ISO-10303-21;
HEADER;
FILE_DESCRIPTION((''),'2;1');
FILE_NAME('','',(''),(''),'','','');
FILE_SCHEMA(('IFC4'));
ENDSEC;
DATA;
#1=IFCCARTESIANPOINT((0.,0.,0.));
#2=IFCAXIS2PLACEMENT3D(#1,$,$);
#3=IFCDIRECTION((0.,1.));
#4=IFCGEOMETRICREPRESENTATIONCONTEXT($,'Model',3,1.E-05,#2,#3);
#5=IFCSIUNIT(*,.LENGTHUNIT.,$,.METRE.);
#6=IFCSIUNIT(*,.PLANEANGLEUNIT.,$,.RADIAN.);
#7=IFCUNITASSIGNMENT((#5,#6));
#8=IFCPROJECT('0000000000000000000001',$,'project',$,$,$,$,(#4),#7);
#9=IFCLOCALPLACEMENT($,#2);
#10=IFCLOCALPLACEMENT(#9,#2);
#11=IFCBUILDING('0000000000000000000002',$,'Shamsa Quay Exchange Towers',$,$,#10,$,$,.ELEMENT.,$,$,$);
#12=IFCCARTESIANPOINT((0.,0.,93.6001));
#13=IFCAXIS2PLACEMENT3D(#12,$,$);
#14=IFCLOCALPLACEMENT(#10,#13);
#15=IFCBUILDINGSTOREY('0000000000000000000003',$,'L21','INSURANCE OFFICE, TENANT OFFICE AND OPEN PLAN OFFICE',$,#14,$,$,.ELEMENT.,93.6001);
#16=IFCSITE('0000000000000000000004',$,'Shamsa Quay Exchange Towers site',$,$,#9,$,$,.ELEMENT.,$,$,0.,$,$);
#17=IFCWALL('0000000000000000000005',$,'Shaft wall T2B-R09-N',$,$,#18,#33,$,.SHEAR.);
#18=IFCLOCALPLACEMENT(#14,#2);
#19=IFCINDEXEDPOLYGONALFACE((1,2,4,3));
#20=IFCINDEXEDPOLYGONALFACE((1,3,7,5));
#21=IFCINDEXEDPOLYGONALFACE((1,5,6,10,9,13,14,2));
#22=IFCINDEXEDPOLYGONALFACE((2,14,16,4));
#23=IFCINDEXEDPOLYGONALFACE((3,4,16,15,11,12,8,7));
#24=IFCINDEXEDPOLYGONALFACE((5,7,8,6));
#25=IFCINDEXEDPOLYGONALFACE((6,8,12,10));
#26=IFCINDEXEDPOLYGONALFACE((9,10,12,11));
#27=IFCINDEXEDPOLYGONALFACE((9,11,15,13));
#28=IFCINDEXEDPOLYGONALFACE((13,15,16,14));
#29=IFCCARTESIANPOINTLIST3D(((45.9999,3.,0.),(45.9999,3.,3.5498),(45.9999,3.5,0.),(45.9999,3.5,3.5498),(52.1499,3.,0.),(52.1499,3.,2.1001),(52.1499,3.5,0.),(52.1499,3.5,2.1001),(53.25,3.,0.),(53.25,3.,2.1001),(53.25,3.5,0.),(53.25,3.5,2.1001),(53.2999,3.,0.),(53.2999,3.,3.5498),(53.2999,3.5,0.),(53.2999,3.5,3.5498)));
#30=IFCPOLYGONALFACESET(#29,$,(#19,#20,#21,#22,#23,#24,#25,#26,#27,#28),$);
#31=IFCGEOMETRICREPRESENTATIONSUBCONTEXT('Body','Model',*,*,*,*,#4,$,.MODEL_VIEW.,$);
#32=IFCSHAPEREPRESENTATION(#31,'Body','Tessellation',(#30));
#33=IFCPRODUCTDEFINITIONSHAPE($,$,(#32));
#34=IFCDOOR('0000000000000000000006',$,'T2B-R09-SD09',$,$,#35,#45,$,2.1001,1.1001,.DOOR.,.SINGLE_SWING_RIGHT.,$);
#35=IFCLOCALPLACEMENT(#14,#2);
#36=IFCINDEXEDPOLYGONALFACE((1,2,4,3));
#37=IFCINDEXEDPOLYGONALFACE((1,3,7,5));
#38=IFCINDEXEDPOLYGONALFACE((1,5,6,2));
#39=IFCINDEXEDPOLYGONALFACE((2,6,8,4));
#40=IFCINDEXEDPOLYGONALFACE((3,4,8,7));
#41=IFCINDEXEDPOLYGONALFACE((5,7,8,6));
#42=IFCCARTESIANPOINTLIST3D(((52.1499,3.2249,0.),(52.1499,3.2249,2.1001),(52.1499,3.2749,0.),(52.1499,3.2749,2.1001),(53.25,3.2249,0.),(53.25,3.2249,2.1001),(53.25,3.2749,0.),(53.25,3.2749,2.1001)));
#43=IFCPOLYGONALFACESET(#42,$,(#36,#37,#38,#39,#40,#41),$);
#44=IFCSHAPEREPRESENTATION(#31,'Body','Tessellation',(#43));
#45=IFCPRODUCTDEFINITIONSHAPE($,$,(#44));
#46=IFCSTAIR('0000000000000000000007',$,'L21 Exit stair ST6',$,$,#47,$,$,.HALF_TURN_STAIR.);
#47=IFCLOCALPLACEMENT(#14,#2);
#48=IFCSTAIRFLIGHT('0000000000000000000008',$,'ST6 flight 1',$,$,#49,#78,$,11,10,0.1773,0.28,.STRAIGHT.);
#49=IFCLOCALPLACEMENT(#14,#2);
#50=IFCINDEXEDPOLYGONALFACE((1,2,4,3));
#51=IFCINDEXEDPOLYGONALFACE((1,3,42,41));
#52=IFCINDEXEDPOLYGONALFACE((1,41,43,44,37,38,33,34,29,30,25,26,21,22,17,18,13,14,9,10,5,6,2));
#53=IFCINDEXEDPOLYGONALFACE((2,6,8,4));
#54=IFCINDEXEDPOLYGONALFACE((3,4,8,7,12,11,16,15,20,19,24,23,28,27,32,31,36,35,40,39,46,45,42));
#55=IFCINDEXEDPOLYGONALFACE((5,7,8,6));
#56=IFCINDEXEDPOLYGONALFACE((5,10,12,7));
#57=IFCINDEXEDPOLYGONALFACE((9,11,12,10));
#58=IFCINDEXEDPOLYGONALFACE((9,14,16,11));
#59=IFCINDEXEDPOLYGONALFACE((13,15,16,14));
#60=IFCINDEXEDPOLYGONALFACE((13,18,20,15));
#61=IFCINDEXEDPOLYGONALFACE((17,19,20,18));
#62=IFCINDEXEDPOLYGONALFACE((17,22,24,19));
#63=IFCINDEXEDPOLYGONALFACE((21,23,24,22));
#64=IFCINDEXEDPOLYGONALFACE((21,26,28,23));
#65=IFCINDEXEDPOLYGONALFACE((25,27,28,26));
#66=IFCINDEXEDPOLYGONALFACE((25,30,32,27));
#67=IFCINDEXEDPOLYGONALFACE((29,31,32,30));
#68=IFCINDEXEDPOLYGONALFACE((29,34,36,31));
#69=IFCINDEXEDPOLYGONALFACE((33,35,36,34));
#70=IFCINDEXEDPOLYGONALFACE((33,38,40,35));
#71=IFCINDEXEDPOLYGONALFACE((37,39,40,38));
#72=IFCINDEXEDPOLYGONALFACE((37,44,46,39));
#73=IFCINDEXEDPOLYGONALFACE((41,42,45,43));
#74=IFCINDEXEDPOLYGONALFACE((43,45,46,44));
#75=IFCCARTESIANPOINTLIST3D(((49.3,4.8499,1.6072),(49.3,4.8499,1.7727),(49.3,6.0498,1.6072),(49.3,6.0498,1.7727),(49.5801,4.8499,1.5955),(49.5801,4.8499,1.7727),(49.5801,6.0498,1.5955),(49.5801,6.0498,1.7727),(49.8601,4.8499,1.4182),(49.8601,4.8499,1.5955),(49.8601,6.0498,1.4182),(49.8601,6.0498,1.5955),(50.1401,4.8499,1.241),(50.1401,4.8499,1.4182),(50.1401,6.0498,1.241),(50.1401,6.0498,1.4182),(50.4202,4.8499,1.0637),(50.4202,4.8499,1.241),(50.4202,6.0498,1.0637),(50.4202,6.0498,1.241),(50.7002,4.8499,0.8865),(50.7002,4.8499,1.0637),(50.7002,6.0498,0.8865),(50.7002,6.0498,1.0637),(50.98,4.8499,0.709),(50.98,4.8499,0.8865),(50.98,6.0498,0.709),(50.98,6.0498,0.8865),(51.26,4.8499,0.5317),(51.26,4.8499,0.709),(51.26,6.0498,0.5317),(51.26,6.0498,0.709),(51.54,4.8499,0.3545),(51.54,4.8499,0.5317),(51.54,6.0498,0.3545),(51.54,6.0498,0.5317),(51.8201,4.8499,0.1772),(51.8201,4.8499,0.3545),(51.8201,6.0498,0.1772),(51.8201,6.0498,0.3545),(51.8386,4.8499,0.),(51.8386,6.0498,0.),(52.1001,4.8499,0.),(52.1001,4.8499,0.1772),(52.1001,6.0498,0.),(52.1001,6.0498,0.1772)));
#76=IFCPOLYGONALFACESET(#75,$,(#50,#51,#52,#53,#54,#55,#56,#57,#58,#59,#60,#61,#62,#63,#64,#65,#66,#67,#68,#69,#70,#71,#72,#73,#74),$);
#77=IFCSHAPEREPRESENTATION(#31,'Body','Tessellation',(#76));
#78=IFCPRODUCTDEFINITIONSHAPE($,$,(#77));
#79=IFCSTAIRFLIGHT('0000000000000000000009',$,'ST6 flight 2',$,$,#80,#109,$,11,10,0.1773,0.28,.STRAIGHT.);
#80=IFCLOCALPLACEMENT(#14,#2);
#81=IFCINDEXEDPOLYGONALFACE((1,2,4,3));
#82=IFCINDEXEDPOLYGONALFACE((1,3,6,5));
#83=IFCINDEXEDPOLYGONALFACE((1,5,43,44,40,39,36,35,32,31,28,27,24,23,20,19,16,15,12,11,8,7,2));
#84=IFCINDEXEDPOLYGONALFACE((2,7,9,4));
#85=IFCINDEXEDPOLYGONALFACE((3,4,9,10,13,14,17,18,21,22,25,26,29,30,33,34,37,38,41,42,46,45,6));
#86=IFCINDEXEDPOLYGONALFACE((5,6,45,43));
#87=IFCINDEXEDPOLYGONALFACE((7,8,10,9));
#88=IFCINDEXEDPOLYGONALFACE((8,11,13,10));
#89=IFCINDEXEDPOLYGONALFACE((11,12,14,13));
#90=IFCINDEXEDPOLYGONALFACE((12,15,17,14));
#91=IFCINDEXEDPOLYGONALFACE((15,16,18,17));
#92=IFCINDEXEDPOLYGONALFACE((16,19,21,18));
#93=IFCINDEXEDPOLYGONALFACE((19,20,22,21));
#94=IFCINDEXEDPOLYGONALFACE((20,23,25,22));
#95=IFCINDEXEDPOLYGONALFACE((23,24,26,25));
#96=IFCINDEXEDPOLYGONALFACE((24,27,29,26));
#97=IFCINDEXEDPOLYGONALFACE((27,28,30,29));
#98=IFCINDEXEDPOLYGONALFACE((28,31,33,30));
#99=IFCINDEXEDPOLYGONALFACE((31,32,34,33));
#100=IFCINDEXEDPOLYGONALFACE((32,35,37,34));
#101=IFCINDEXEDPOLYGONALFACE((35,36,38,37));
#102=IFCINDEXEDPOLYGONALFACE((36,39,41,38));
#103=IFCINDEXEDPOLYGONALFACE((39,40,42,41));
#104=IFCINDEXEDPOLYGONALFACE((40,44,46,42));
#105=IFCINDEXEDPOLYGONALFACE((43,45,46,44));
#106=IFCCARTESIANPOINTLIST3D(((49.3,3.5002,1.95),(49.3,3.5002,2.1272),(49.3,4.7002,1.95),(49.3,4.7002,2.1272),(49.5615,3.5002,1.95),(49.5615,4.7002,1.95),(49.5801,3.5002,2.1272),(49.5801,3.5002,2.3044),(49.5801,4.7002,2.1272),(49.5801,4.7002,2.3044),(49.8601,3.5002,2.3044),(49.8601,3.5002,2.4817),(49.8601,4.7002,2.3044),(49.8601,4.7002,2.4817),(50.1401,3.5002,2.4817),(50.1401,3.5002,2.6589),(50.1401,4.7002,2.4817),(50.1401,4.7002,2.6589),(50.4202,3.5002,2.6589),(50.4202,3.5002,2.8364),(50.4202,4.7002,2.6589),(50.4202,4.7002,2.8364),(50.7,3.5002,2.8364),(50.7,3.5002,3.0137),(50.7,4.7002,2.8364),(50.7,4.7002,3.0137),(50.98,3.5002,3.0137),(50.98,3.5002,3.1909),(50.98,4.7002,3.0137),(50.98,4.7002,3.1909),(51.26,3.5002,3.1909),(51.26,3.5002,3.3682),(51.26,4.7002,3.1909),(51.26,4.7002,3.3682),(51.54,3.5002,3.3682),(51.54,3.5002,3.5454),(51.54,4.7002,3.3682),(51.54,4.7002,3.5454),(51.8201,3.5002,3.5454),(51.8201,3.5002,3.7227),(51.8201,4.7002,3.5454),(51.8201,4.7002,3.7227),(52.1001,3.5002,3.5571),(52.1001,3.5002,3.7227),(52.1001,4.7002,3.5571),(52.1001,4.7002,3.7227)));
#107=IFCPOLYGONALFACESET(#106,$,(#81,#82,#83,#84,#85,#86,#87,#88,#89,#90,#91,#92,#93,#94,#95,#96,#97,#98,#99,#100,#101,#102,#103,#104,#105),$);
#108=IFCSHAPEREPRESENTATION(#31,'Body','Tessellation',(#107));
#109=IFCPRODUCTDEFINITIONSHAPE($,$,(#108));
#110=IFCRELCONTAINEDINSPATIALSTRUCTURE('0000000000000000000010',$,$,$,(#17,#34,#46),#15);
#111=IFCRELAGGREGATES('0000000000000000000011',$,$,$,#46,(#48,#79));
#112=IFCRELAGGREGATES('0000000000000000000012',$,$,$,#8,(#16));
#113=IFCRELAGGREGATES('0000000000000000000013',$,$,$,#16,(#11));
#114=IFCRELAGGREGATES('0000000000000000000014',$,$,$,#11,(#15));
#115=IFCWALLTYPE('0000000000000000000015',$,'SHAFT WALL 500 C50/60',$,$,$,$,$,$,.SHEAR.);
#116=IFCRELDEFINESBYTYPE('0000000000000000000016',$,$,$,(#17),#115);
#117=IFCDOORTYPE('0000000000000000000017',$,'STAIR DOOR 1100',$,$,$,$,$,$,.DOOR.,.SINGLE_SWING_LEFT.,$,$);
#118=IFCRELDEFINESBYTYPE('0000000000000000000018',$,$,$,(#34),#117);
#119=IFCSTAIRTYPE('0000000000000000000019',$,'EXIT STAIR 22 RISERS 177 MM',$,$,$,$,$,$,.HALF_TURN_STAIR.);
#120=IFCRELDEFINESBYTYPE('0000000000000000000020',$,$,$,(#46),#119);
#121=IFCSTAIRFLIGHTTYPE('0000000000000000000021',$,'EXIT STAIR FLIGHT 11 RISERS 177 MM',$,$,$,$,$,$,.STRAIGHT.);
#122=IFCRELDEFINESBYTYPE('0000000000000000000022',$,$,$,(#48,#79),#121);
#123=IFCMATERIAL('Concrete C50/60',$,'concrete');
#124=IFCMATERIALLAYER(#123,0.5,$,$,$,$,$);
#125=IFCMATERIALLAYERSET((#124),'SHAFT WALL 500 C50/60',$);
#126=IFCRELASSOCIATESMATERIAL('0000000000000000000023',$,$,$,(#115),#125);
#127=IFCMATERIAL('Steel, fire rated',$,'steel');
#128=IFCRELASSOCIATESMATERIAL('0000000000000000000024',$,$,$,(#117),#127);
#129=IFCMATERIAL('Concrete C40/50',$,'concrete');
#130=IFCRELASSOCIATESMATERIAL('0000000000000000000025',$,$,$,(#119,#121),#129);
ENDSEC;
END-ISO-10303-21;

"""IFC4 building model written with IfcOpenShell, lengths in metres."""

from ifc_helpers import new_model, si_unit, direction, frame, frame_2d, origin, place, context, subcontext, project, spatial, polyline, rectangle, outline, extrude, material, layer, layer_set, type_object, element, fill, aggregate, save


model = new_model("IFC4")

# Units and contexts
model_context = context("Model", 3, precision=1e-05, world=origin(), true_north=direction((0.0, 1.0)))
body_context = subcontext(model_context, "Body", "Model", "MODEL_VIEW")
ifc_project = project(units=[si_unit("LENGTHUNIT", "METRE"), si_unit("PLANEANGLEUNIT", "RADIAN")], contexts=[model_context])

# Site, building, storey
site_placement = place(None, origin())
site = spatial("IfcSite", under=ifc_project, at=site_placement, Name="Shamsa Quay Exchange Towers site", CompositionType="ELEMENT", RefElevation=0.0)
building_placement = place(site_placement, origin())
building = spatial("IfcBuilding", under=site, at=building_placement, Name="Shamsa Quay Exchange Towers", CompositionType="ELEMENT")
storey_placement = place(building_placement, frame((0.0, 0.0, 93.6001)))
storey = spatial("IfcBuildingStorey", under=building, at=storey_placement, Name="L21", Description="INSURANCE OFFICE, TENANT OFFICE AND OPEN PLAN OFFICE", CompositionType="ELEMENT", Elevation=93.6001)

# Shared definitions
ifc_material_1 = material(Name="Concrete C50/60", Category="concrete")
ifc_material_2 = material(Name="Steel, fire rated", Category="steel")

# Wall, opening, door
ifc_layer_1 = layer(ifc_material_1, 0.5)
ifc_layer_set_1 = layer_set([ifc_layer_1], Name="SHAFT WALL 500 C50/60")
wall_type_1 = type_object("IfcWallType", Name="SHAFT WALL 500 C50/60", PredefinedType="SHEAR", material=ifc_layer_set_1)
wall_1_placement = place(storey_placement, frame((46.0, 3.25, 0.0)))
wall_1 = element("IfcWall", 1, at=wall_1_placement, inside=storey, type_object=wall_type_1, Name="Shaft wall T2B-R09-N", PredefinedType="SHEAR", context=body_context, shape_type="SweptSolid", body=[
    extrude(rectangle(XDim=7.3, YDim=0.5, at=frame_2d((3.6499, 0.0))), origin(), (0.0, 0.0, 1.0), 3.5498),
])
opening_1_placement = place(wall_1_placement, frame((6.1499, 0.0, 0.0)))
opening_1 = element("IfcOpeningElement", 2, at=opening_1_placement, cuts=wall_1, PredefinedType="OPENING", context=body_context, shape_type="SweptSolid", body=[
    extrude(rectangle(XDim=1.1001, YDim=2.1001, at=frame_2d((0.55, 1.05))), frame((0.0, 0.26, 0.0), z_axis=(0.0, -1.0, 0.0), x_axis=(1.0, 0.0, 0.0)), (0.0, 0.0, 1.0), 0.52),
])
door_type_1 = type_object("IfcDoorType", Name="STAIR DOOR 1100", OperationType="SINGLE_SWING_LEFT", PredefinedType="DOOR", material=ifc_material_2)
door_1_placement = place(opening_1_placement, origin())
door_1 = element("IfcDoor", 3, at=door_1_placement, inside=storey, type_object=door_type_1, Name="T2B-R09-SD09", OperationType="SINGLE_SWING_RIGHT", OverallHeight=2.1001, OverallWidth=1.1001, PredefinedType="DOOR", context=body_context, shape_type="SweptSolid", body=[
    extrude(rectangle(XDim=1.1001, YDim=2.1001, at=frame_2d((0.55, 1.05))), frame((0.0, 0.0249, 0.0), z_axis=(0.0, -1.0, 0.0), x_axis=(1.0, 0.0, 0.0)), (0.0, 0.0, 1.0), 0.05),
])
fill(opening_1, door_1)

# Stair, stair flights
ifc_material_3 = material(Name="Concrete C40/50", Category="concrete")
stair_type = type_object("IfcStairType", Name="EXIT STAIR 22 RISERS 177 MM", PredefinedType="HALF_TURN_STAIR", material=ifc_material_3)
stair_placement = place(storey_placement, origin())
stair = element("IfcStair", 4, at=stair_placement, inside=storey, type_object=stair_type, Name="L21 Exit stair ST6", PredefinedType="HALF_TURN_STAIR")
stair_flight_type = type_object("IfcStairFlightType", Name="EXIT STAIR FLIGHT 11 RISERS 177 MM", PredefinedType="STRAIGHT", material=ifc_material_3)
stair_flight_1_placement = place(storey_placement, frame((52.1001, 5.45, 0.0), z_axis=(0.0, 0.0, 1.0), x_axis=(-1.0, 0.0, 0.0)))
stair_flight_1 = element("IfcStairFlight", 5, at=stair_flight_1_placement, type_object=stair_flight_type, Name="ST6 flight 1", NumberOfRisers=11, NumberOfTreads=10, PredefinedType="STRAIGHT", RiserHeight=0.1773, TreadLength=0.28, context=body_context, shape_type="SweptSolid", body=[
    extrude(outline(polyline([(0.0, 0.0), (0.0, 0.1772), (0.28, 0.1772), (0.28, 0.3545), (0.5601, 0.3545), (0.5601, 0.5317), (0.8401, 0.5317), (0.8401, 0.709), (1.1201, 0.709), (1.1201, 0.8865), (1.3999, 0.8865), (1.3999, 1.0637), (1.6799, 1.0637), (1.6799, 1.241), (1.96, 1.241), (1.96, 1.4182), (2.24, 1.4182), (2.24, 1.5955), (2.52, 1.5955), (2.52, 1.7727), (2.8, 1.7727), (2.8, 1.95), (2.8, 1.6072), (0.2615, 0.0), (0.0, 0.0)])), frame((0.0, 0.6001, 0.0), z_axis=(0.0, -1.0, 0.0), x_axis=(1.0, 0.0, 0.0)), (0.0, 0.0, 1.0), 1.2),
])
stair_flight_2_placement = place(storey_placement, frame((49.3, 4.1001, 1.95)))
stair_flight_2 = element("IfcStairFlight", 6, at=stair_flight_2_placement, type_object=stair_flight_type, Name="ST6 flight 2", NumberOfRisers=11, NumberOfTreads=10, PredefinedType="STRAIGHT", RiserHeight=0.1773, TreadLength=0.28, context=body_context, shape_type="SweptSolid", body=[
    extrude(outline(polyline([(0.0, 0.0), (0.0, 0.1772), (0.28, 0.1772), (0.28, 0.3545), (0.5601, 0.3545), (0.5601, 0.5317), (0.8401, 0.5317), (0.8401, 0.709), (1.1201, 0.709), (1.1201, 0.8865), (1.3999, 0.8865), (1.3999, 1.0637), (1.6799, 1.0637), (1.6799, 1.241), (1.96, 1.241), (1.96, 1.4182), (2.24, 1.4182), (2.24, 1.5955), (2.52, 1.5955), (2.52, 1.7727), (2.8, 1.7727), (2.8, 1.95), (2.8, 1.6072), (0.2615, 0.0), (0.0, 0.0)])), frame((0.0, 0.6001, 0.0), z_axis=(0.0, -1.0, 0.0), x_axis=(1.0, 0.0, 0.0)), (0.0, 0.0, 1.0), 1.2),
])
aggregate(stair, [stair_flight_1, stair_flight_2])

save(model, "model.ifc")
